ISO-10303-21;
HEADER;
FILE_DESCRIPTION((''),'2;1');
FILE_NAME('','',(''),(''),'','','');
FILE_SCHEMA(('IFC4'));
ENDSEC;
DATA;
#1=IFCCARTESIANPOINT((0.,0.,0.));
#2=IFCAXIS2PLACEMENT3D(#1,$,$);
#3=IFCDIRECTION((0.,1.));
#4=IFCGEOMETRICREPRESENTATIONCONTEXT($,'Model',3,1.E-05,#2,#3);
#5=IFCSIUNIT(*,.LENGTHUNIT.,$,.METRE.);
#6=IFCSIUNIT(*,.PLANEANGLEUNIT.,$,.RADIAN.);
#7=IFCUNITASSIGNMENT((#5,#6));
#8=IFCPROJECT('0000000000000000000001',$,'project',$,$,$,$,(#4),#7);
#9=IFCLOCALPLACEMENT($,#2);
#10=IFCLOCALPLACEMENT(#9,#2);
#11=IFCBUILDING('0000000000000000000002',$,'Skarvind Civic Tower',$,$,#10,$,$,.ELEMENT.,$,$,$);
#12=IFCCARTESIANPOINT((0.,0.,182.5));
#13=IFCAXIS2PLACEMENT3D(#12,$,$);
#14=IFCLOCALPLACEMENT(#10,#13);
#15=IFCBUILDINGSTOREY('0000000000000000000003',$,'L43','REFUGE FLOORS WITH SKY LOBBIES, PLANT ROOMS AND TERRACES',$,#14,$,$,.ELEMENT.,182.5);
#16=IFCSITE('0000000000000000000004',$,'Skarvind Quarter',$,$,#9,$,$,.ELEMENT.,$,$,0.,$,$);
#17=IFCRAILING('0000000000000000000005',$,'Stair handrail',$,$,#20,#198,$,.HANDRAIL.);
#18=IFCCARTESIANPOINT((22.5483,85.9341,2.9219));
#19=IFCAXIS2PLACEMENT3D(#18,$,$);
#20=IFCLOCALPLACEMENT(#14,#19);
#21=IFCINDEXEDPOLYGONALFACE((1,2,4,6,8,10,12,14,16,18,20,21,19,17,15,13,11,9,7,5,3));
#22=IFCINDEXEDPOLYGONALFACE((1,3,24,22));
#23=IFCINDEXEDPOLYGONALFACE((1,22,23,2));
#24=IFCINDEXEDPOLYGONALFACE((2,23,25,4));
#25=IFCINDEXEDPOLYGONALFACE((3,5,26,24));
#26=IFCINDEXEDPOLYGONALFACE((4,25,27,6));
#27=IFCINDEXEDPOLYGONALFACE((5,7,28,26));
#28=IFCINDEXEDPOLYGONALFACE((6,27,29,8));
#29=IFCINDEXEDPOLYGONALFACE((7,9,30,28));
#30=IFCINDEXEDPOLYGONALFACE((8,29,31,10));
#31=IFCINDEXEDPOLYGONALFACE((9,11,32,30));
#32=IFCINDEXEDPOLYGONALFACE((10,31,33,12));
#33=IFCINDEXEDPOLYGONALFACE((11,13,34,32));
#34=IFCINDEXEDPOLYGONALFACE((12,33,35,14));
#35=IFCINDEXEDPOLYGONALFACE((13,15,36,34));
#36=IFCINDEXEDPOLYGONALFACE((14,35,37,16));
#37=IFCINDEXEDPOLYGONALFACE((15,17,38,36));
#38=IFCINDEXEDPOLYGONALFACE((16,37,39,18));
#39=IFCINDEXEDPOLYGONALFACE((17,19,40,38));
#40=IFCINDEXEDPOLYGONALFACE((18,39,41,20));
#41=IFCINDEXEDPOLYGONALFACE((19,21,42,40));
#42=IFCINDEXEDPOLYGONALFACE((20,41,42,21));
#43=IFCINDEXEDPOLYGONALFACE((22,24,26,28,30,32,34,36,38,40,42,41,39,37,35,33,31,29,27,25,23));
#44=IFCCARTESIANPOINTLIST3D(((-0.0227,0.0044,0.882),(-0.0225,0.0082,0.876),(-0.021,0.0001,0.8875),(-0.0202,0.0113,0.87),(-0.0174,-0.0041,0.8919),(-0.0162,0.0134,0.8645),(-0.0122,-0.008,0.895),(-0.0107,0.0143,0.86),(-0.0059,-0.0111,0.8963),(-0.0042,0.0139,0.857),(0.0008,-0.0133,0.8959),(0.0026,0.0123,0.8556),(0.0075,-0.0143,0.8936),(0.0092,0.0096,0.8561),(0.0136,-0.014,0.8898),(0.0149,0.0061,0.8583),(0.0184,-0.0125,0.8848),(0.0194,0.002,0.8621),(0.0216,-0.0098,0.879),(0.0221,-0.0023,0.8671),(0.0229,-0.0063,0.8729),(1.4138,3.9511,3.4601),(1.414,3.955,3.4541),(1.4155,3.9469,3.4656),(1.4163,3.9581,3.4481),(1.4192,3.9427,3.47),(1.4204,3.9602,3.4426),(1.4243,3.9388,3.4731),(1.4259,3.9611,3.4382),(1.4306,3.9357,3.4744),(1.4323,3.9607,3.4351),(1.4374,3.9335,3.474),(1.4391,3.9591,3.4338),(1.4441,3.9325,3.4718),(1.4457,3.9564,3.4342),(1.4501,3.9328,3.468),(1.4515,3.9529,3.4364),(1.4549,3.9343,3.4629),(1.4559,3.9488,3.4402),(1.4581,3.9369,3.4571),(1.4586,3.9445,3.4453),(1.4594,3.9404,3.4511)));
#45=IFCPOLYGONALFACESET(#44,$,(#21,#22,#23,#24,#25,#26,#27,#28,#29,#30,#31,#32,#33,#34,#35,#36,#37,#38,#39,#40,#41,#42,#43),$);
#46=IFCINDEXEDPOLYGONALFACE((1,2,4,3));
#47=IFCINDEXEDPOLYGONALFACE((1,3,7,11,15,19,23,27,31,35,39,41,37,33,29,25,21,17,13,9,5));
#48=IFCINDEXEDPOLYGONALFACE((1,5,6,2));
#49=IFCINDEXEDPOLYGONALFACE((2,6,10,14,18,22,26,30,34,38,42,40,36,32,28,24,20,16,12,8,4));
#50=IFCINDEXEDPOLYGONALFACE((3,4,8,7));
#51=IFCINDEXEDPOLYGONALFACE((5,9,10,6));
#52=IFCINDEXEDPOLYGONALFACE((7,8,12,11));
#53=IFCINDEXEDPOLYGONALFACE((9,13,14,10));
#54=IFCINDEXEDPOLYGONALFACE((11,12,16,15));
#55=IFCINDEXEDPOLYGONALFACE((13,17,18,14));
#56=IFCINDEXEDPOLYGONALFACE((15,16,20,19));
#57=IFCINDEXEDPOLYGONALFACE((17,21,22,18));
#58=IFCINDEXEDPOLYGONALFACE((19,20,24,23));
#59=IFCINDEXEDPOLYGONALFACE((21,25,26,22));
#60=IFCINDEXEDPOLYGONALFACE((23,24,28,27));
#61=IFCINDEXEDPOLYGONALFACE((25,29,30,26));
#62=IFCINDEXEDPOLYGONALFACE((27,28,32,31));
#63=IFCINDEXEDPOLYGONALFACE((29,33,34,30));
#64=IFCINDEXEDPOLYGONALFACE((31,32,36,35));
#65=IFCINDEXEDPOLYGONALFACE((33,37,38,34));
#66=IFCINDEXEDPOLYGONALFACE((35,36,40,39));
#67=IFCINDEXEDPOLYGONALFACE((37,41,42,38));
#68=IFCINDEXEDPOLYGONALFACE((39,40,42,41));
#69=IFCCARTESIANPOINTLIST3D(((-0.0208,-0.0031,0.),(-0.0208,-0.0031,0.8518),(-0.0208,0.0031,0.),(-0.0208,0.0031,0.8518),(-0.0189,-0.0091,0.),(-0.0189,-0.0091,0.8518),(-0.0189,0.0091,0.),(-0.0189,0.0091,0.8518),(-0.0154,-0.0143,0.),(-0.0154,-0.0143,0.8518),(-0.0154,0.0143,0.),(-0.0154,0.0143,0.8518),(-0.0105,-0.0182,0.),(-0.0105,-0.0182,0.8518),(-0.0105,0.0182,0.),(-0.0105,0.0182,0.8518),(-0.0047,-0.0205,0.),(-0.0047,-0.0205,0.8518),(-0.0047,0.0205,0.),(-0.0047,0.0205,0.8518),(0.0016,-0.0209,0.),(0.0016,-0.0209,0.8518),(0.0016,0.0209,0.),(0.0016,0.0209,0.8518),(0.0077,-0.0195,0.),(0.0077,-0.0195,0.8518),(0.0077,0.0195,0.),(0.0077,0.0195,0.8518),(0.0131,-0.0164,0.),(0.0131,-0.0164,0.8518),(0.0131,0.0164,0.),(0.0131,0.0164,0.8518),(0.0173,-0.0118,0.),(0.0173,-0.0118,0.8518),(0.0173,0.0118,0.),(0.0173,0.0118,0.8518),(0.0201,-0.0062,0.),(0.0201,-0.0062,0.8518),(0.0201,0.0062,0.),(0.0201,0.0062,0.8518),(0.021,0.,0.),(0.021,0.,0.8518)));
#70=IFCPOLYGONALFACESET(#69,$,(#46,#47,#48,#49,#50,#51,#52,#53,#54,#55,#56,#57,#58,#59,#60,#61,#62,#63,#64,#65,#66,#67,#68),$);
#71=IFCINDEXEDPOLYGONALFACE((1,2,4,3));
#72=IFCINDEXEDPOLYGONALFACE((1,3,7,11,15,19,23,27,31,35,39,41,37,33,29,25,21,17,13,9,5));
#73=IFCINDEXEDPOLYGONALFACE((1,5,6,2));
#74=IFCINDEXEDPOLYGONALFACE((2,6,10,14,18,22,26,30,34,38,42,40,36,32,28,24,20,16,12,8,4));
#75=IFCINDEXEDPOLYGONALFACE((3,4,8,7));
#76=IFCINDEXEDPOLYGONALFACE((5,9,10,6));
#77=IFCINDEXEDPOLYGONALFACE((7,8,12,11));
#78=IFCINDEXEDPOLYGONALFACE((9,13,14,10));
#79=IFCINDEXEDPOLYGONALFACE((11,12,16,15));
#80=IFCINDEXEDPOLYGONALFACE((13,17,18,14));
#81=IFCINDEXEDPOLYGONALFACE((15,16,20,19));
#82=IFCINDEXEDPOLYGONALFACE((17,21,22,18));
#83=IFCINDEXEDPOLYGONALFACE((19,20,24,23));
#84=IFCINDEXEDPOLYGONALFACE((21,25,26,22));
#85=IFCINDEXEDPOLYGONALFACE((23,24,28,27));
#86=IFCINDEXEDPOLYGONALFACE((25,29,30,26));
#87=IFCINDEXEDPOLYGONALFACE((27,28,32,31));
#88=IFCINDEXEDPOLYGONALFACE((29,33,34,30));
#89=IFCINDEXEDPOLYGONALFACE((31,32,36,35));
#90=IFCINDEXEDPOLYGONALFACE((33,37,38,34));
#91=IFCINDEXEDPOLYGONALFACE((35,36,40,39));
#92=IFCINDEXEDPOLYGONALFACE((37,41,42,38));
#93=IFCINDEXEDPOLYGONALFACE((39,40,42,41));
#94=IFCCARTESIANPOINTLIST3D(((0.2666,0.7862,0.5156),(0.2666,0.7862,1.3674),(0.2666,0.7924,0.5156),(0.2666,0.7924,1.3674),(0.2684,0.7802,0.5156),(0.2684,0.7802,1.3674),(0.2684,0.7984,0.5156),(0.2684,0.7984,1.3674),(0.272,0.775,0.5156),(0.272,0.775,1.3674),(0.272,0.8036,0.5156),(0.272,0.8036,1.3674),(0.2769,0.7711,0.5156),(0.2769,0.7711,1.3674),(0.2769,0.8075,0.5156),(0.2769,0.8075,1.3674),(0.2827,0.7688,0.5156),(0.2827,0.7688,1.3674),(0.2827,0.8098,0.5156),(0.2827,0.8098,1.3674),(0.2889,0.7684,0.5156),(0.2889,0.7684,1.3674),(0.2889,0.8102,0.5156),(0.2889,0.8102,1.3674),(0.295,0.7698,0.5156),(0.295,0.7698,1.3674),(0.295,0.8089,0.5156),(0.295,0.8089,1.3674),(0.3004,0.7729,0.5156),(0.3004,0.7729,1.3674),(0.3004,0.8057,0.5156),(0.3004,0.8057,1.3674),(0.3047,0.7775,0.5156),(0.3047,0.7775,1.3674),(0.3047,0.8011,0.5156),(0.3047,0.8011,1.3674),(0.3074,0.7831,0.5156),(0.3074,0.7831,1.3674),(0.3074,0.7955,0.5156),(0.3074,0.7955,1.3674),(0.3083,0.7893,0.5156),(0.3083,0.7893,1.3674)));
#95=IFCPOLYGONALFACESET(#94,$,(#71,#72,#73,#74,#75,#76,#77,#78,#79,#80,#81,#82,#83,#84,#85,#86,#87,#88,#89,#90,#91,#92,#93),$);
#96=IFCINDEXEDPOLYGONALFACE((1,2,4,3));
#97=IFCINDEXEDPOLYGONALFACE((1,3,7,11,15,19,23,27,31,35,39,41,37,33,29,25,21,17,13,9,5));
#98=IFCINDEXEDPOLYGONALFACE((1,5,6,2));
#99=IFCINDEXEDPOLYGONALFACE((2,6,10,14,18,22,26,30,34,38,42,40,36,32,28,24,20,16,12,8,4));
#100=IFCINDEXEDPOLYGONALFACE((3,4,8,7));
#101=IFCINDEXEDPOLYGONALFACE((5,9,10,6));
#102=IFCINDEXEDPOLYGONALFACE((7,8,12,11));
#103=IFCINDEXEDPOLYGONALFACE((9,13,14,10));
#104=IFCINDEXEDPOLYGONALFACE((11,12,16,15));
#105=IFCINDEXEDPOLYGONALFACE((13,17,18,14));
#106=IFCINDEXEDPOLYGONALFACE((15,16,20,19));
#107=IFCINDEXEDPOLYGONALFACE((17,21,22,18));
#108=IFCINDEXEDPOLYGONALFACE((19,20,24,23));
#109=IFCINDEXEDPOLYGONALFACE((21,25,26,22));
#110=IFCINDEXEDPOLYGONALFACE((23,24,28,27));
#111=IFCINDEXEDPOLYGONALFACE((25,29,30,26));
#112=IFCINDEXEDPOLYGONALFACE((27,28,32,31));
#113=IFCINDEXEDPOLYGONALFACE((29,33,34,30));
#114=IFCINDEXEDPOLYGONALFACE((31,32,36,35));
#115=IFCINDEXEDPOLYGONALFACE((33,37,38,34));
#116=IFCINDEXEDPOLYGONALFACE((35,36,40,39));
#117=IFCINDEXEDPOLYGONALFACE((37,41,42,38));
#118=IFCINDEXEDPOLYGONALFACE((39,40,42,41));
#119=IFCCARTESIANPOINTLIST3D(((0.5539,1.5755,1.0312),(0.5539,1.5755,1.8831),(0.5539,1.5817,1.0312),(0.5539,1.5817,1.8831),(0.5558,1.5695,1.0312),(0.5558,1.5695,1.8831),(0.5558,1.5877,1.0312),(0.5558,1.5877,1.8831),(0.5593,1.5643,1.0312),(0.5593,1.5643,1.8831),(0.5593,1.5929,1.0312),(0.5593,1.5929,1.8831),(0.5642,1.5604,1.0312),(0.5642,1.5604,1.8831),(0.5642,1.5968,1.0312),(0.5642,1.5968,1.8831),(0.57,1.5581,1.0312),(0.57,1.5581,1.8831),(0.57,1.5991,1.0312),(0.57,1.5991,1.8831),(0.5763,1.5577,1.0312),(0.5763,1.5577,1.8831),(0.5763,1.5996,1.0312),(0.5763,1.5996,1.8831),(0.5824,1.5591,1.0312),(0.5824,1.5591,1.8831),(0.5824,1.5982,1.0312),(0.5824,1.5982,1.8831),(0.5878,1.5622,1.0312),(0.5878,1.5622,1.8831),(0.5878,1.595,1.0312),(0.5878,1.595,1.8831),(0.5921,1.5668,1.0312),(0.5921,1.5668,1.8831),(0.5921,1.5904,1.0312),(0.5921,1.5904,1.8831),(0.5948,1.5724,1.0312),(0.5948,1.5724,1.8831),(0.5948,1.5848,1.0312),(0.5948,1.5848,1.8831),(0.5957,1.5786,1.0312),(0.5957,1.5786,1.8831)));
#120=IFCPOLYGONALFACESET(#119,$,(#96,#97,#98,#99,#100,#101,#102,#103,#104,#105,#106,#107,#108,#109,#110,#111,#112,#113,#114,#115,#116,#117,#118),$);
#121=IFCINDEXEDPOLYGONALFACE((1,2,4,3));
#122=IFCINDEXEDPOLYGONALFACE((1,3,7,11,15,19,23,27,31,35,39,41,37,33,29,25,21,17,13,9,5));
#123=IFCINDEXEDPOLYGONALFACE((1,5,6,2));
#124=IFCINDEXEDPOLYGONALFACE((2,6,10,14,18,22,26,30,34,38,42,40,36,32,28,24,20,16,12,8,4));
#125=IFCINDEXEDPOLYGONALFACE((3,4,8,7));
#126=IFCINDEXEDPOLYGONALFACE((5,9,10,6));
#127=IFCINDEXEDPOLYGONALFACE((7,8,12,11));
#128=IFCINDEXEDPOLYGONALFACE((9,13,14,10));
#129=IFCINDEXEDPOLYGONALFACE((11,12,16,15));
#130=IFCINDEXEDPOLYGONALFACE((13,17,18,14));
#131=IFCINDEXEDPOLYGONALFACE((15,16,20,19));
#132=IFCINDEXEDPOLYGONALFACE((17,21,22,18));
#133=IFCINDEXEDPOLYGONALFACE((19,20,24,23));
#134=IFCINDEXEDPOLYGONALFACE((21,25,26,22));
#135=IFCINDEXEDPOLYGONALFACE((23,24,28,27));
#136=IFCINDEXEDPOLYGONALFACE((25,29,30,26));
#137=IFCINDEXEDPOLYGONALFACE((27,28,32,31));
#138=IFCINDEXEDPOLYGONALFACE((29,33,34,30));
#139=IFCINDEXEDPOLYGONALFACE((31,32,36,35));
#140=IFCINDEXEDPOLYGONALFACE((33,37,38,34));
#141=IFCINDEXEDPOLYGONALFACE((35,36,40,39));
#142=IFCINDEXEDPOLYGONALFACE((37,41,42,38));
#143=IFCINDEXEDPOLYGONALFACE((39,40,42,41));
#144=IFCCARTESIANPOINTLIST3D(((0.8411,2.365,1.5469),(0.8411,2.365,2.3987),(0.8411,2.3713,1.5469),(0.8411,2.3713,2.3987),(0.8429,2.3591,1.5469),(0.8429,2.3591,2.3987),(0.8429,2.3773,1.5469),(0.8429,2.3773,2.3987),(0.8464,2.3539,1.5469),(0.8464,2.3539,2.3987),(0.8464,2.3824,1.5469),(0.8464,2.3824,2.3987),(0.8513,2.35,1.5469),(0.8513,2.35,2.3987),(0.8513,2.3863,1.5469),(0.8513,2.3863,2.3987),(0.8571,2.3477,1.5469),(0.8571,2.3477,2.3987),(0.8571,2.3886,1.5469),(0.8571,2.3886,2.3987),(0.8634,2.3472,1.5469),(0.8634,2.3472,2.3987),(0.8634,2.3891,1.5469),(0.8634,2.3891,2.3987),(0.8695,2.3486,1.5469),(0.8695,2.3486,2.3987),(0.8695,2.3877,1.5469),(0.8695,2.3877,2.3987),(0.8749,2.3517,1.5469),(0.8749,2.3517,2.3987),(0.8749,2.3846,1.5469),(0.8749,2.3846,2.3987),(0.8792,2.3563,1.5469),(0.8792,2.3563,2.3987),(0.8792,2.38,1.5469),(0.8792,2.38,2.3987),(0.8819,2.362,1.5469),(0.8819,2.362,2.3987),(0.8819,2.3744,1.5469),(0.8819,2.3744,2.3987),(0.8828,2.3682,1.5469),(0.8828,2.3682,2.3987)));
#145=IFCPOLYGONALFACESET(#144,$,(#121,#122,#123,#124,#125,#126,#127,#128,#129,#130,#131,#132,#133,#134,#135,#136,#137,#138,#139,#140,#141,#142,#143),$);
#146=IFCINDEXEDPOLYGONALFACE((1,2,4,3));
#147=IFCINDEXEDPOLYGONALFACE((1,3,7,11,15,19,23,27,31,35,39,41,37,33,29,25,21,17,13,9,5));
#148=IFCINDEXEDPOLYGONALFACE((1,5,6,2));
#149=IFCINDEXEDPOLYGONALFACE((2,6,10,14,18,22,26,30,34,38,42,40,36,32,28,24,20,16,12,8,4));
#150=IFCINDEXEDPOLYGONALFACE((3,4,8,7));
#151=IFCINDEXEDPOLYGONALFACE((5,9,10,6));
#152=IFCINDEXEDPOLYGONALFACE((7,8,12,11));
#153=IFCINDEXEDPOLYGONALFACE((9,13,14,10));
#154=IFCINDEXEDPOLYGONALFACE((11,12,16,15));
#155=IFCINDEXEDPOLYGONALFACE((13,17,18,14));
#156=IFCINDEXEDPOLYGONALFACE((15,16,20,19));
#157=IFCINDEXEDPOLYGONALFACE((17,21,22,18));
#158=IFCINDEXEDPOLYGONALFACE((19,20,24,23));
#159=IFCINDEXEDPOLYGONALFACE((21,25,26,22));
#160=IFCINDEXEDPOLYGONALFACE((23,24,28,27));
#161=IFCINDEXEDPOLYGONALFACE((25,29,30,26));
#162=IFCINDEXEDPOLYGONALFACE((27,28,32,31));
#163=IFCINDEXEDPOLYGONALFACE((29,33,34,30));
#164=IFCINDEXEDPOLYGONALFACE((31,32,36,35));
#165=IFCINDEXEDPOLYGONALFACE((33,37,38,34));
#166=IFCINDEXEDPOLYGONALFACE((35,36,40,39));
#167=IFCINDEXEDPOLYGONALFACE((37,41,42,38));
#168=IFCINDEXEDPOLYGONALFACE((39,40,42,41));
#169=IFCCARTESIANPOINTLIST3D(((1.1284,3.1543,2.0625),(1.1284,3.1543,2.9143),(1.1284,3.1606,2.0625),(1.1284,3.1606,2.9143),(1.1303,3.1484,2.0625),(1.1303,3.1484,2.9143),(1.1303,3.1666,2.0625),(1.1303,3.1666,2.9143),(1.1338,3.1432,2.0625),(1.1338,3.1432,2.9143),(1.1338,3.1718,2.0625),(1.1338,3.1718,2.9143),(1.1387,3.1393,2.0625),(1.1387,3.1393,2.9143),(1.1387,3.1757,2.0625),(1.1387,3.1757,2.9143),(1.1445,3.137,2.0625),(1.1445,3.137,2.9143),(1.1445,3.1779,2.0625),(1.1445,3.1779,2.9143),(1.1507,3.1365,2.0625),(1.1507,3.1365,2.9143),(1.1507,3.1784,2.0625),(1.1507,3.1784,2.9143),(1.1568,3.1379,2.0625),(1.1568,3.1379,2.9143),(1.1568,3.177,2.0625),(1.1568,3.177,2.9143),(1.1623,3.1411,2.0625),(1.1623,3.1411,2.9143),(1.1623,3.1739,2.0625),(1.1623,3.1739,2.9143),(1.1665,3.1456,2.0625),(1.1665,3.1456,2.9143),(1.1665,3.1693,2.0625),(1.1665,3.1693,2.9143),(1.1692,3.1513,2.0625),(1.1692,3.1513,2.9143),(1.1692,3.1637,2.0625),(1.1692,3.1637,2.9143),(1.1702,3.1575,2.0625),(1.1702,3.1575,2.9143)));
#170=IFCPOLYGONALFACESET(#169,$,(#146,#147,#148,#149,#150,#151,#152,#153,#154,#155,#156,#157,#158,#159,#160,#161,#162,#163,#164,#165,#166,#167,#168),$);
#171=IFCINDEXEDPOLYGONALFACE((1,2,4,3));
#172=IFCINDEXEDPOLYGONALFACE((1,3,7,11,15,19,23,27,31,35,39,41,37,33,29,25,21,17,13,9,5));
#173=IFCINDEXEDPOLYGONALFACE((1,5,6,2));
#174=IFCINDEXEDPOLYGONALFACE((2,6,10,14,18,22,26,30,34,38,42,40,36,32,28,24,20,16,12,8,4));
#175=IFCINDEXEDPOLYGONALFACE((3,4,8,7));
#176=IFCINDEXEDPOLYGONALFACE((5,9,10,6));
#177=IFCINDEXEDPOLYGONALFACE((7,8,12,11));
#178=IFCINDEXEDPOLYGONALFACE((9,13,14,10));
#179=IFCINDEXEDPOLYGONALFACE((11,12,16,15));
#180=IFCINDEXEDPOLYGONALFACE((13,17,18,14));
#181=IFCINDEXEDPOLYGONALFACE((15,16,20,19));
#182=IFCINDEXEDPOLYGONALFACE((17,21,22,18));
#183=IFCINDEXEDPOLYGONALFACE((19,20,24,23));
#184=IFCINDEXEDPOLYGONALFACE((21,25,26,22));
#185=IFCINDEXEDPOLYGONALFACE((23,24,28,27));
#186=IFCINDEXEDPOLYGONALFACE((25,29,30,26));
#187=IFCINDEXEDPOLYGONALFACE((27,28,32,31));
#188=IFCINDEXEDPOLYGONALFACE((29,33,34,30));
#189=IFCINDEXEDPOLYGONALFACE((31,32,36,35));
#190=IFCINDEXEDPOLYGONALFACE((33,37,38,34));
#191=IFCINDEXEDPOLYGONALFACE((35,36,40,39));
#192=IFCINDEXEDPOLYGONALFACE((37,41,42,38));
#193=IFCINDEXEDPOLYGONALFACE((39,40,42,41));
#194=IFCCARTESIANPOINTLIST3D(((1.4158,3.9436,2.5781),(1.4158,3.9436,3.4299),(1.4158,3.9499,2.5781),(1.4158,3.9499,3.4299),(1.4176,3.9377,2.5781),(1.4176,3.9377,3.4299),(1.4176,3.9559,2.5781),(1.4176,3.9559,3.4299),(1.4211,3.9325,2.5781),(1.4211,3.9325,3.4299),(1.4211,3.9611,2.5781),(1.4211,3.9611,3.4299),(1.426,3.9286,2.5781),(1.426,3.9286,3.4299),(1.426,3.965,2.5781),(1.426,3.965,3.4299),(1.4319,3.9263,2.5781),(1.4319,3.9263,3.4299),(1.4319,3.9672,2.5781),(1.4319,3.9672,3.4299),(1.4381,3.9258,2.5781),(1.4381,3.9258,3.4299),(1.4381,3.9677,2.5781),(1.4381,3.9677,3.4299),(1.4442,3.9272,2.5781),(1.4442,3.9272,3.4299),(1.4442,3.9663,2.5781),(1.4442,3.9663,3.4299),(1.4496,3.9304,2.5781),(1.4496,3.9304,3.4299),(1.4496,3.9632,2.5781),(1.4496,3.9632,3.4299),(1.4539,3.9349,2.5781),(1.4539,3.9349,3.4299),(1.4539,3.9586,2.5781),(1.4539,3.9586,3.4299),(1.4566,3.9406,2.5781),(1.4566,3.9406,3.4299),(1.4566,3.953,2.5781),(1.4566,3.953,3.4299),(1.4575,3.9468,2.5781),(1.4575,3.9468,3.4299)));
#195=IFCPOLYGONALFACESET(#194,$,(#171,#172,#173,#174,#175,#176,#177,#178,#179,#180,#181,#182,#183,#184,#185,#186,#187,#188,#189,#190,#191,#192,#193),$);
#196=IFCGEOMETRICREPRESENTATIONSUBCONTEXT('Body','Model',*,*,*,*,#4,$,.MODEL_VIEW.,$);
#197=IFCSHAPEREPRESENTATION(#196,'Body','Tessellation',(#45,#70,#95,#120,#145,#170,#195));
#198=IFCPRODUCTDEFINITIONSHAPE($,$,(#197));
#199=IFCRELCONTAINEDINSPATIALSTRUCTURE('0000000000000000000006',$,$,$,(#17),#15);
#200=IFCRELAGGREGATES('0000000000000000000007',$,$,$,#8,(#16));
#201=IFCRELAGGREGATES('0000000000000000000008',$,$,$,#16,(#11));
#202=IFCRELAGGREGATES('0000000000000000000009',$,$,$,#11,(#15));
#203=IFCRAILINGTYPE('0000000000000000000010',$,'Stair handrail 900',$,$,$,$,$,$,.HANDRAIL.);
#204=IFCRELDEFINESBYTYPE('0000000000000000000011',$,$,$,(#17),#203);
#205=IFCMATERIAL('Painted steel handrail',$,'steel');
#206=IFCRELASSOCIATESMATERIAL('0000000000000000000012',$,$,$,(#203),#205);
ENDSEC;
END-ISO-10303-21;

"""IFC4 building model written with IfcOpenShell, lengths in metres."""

from ifc_helpers import new_model, si_unit, direction, frame, origin, origin_2d, place, context, subcontext, project, spatial, circle, extrude, material, type_object, element, save


model = new_model("IFC4")

# Units and contexts
model_context = context("Model", 3, precision=1e-05, world=origin(), true_north=direction((0.0, 1.0)))
body_context = subcontext(model_context, "Body", "Model", "MODEL_VIEW")
ifc_project = project(units=[si_unit("LENGTHUNIT", "METRE"), si_unit("PLANEANGLEUNIT", "RADIAN")], contexts=[model_context])

# Site, building, storey
site_placement = place(None, origin())
site = spatial("IfcSite", under=ifc_project, at=site_placement, Name="Skarvind Quarter", CompositionType="ELEMENT", RefElevation=0.0)
building_placement = place(site_placement, origin())
building = spatial("IfcBuilding", under=site, at=building_placement, Name="Skarvind Civic Tower", CompositionType="ELEMENT")
storey_placement = place(building_placement, frame((0.0, 0.0, 182.5)))
storey = spatial("IfcBuildingStorey", under=building, at=storey_placement, Name="L43", Description="REFUGE FLOORS WITH SKY LOBBIES, PLANT ROOMS AND TERRACES", CompositionType="ELEMENT", Elevation=182.5)

# Railing
ifc_material_1 = material(Name="Painted steel handrail", Category="steel")
railing_type_1 = type_object("IfcRailingType", Name="Stair handrail 900", PredefinedType="HANDRAIL", material=ifc_material_1)
railing_1_placement = place(storey_placement, frame((22.5483, 85.9341, 2.9219)))
element("IfcRailing", 1, at=railing_1_placement, inside=storey, type_object=railing_type_1, Name="Stair handrail", PredefinedType="HANDRAIL", context=body_context, shape_type="SweptSolid", body=[
    extrude(circle(Radius=0.0239, at=origin_2d()), frame((0.0, 0.0, 0.876), z_axis=(0.291489, 0.800852, 0.523135), x_axis=(-0.939692, 0.342023, 0.0)), (0.0, 0.0, 1.0), 4.9282),
    extrude(circle(Radius=0.021, at=origin_2d()), origin(), (0.0, 0.0, 1.0), 0.8518),
    extrude(circle(Radius=0.021, at=origin_2d()), frame((0.2874, 0.7893, 0.5156)), (0.0, 0.0, 1.0), 0.8518),
    extrude(circle(Radius=0.021, at=origin_2d()), frame((0.5747, 1.5786, 1.0312)), (0.0, 0.0, 1.0), 0.8518),
    extrude(circle(Radius=0.021, at=origin_2d()), frame((0.8618, 2.3682, 1.5469)), (0.0, 0.0, 1.0), 0.8518),
    extrude(circle(Radius=0.021, at=origin_2d()), frame((1.1492, 3.1575, 2.0625)), (0.0, 0.0, 1.0), 0.8518),
    extrude(circle(Radius=0.021, at=origin_2d()), frame((1.4365, 3.9468, 2.5781)), (0.0, 0.0, 1.0), 0.8518),
])

save(model, "model.ifc")
